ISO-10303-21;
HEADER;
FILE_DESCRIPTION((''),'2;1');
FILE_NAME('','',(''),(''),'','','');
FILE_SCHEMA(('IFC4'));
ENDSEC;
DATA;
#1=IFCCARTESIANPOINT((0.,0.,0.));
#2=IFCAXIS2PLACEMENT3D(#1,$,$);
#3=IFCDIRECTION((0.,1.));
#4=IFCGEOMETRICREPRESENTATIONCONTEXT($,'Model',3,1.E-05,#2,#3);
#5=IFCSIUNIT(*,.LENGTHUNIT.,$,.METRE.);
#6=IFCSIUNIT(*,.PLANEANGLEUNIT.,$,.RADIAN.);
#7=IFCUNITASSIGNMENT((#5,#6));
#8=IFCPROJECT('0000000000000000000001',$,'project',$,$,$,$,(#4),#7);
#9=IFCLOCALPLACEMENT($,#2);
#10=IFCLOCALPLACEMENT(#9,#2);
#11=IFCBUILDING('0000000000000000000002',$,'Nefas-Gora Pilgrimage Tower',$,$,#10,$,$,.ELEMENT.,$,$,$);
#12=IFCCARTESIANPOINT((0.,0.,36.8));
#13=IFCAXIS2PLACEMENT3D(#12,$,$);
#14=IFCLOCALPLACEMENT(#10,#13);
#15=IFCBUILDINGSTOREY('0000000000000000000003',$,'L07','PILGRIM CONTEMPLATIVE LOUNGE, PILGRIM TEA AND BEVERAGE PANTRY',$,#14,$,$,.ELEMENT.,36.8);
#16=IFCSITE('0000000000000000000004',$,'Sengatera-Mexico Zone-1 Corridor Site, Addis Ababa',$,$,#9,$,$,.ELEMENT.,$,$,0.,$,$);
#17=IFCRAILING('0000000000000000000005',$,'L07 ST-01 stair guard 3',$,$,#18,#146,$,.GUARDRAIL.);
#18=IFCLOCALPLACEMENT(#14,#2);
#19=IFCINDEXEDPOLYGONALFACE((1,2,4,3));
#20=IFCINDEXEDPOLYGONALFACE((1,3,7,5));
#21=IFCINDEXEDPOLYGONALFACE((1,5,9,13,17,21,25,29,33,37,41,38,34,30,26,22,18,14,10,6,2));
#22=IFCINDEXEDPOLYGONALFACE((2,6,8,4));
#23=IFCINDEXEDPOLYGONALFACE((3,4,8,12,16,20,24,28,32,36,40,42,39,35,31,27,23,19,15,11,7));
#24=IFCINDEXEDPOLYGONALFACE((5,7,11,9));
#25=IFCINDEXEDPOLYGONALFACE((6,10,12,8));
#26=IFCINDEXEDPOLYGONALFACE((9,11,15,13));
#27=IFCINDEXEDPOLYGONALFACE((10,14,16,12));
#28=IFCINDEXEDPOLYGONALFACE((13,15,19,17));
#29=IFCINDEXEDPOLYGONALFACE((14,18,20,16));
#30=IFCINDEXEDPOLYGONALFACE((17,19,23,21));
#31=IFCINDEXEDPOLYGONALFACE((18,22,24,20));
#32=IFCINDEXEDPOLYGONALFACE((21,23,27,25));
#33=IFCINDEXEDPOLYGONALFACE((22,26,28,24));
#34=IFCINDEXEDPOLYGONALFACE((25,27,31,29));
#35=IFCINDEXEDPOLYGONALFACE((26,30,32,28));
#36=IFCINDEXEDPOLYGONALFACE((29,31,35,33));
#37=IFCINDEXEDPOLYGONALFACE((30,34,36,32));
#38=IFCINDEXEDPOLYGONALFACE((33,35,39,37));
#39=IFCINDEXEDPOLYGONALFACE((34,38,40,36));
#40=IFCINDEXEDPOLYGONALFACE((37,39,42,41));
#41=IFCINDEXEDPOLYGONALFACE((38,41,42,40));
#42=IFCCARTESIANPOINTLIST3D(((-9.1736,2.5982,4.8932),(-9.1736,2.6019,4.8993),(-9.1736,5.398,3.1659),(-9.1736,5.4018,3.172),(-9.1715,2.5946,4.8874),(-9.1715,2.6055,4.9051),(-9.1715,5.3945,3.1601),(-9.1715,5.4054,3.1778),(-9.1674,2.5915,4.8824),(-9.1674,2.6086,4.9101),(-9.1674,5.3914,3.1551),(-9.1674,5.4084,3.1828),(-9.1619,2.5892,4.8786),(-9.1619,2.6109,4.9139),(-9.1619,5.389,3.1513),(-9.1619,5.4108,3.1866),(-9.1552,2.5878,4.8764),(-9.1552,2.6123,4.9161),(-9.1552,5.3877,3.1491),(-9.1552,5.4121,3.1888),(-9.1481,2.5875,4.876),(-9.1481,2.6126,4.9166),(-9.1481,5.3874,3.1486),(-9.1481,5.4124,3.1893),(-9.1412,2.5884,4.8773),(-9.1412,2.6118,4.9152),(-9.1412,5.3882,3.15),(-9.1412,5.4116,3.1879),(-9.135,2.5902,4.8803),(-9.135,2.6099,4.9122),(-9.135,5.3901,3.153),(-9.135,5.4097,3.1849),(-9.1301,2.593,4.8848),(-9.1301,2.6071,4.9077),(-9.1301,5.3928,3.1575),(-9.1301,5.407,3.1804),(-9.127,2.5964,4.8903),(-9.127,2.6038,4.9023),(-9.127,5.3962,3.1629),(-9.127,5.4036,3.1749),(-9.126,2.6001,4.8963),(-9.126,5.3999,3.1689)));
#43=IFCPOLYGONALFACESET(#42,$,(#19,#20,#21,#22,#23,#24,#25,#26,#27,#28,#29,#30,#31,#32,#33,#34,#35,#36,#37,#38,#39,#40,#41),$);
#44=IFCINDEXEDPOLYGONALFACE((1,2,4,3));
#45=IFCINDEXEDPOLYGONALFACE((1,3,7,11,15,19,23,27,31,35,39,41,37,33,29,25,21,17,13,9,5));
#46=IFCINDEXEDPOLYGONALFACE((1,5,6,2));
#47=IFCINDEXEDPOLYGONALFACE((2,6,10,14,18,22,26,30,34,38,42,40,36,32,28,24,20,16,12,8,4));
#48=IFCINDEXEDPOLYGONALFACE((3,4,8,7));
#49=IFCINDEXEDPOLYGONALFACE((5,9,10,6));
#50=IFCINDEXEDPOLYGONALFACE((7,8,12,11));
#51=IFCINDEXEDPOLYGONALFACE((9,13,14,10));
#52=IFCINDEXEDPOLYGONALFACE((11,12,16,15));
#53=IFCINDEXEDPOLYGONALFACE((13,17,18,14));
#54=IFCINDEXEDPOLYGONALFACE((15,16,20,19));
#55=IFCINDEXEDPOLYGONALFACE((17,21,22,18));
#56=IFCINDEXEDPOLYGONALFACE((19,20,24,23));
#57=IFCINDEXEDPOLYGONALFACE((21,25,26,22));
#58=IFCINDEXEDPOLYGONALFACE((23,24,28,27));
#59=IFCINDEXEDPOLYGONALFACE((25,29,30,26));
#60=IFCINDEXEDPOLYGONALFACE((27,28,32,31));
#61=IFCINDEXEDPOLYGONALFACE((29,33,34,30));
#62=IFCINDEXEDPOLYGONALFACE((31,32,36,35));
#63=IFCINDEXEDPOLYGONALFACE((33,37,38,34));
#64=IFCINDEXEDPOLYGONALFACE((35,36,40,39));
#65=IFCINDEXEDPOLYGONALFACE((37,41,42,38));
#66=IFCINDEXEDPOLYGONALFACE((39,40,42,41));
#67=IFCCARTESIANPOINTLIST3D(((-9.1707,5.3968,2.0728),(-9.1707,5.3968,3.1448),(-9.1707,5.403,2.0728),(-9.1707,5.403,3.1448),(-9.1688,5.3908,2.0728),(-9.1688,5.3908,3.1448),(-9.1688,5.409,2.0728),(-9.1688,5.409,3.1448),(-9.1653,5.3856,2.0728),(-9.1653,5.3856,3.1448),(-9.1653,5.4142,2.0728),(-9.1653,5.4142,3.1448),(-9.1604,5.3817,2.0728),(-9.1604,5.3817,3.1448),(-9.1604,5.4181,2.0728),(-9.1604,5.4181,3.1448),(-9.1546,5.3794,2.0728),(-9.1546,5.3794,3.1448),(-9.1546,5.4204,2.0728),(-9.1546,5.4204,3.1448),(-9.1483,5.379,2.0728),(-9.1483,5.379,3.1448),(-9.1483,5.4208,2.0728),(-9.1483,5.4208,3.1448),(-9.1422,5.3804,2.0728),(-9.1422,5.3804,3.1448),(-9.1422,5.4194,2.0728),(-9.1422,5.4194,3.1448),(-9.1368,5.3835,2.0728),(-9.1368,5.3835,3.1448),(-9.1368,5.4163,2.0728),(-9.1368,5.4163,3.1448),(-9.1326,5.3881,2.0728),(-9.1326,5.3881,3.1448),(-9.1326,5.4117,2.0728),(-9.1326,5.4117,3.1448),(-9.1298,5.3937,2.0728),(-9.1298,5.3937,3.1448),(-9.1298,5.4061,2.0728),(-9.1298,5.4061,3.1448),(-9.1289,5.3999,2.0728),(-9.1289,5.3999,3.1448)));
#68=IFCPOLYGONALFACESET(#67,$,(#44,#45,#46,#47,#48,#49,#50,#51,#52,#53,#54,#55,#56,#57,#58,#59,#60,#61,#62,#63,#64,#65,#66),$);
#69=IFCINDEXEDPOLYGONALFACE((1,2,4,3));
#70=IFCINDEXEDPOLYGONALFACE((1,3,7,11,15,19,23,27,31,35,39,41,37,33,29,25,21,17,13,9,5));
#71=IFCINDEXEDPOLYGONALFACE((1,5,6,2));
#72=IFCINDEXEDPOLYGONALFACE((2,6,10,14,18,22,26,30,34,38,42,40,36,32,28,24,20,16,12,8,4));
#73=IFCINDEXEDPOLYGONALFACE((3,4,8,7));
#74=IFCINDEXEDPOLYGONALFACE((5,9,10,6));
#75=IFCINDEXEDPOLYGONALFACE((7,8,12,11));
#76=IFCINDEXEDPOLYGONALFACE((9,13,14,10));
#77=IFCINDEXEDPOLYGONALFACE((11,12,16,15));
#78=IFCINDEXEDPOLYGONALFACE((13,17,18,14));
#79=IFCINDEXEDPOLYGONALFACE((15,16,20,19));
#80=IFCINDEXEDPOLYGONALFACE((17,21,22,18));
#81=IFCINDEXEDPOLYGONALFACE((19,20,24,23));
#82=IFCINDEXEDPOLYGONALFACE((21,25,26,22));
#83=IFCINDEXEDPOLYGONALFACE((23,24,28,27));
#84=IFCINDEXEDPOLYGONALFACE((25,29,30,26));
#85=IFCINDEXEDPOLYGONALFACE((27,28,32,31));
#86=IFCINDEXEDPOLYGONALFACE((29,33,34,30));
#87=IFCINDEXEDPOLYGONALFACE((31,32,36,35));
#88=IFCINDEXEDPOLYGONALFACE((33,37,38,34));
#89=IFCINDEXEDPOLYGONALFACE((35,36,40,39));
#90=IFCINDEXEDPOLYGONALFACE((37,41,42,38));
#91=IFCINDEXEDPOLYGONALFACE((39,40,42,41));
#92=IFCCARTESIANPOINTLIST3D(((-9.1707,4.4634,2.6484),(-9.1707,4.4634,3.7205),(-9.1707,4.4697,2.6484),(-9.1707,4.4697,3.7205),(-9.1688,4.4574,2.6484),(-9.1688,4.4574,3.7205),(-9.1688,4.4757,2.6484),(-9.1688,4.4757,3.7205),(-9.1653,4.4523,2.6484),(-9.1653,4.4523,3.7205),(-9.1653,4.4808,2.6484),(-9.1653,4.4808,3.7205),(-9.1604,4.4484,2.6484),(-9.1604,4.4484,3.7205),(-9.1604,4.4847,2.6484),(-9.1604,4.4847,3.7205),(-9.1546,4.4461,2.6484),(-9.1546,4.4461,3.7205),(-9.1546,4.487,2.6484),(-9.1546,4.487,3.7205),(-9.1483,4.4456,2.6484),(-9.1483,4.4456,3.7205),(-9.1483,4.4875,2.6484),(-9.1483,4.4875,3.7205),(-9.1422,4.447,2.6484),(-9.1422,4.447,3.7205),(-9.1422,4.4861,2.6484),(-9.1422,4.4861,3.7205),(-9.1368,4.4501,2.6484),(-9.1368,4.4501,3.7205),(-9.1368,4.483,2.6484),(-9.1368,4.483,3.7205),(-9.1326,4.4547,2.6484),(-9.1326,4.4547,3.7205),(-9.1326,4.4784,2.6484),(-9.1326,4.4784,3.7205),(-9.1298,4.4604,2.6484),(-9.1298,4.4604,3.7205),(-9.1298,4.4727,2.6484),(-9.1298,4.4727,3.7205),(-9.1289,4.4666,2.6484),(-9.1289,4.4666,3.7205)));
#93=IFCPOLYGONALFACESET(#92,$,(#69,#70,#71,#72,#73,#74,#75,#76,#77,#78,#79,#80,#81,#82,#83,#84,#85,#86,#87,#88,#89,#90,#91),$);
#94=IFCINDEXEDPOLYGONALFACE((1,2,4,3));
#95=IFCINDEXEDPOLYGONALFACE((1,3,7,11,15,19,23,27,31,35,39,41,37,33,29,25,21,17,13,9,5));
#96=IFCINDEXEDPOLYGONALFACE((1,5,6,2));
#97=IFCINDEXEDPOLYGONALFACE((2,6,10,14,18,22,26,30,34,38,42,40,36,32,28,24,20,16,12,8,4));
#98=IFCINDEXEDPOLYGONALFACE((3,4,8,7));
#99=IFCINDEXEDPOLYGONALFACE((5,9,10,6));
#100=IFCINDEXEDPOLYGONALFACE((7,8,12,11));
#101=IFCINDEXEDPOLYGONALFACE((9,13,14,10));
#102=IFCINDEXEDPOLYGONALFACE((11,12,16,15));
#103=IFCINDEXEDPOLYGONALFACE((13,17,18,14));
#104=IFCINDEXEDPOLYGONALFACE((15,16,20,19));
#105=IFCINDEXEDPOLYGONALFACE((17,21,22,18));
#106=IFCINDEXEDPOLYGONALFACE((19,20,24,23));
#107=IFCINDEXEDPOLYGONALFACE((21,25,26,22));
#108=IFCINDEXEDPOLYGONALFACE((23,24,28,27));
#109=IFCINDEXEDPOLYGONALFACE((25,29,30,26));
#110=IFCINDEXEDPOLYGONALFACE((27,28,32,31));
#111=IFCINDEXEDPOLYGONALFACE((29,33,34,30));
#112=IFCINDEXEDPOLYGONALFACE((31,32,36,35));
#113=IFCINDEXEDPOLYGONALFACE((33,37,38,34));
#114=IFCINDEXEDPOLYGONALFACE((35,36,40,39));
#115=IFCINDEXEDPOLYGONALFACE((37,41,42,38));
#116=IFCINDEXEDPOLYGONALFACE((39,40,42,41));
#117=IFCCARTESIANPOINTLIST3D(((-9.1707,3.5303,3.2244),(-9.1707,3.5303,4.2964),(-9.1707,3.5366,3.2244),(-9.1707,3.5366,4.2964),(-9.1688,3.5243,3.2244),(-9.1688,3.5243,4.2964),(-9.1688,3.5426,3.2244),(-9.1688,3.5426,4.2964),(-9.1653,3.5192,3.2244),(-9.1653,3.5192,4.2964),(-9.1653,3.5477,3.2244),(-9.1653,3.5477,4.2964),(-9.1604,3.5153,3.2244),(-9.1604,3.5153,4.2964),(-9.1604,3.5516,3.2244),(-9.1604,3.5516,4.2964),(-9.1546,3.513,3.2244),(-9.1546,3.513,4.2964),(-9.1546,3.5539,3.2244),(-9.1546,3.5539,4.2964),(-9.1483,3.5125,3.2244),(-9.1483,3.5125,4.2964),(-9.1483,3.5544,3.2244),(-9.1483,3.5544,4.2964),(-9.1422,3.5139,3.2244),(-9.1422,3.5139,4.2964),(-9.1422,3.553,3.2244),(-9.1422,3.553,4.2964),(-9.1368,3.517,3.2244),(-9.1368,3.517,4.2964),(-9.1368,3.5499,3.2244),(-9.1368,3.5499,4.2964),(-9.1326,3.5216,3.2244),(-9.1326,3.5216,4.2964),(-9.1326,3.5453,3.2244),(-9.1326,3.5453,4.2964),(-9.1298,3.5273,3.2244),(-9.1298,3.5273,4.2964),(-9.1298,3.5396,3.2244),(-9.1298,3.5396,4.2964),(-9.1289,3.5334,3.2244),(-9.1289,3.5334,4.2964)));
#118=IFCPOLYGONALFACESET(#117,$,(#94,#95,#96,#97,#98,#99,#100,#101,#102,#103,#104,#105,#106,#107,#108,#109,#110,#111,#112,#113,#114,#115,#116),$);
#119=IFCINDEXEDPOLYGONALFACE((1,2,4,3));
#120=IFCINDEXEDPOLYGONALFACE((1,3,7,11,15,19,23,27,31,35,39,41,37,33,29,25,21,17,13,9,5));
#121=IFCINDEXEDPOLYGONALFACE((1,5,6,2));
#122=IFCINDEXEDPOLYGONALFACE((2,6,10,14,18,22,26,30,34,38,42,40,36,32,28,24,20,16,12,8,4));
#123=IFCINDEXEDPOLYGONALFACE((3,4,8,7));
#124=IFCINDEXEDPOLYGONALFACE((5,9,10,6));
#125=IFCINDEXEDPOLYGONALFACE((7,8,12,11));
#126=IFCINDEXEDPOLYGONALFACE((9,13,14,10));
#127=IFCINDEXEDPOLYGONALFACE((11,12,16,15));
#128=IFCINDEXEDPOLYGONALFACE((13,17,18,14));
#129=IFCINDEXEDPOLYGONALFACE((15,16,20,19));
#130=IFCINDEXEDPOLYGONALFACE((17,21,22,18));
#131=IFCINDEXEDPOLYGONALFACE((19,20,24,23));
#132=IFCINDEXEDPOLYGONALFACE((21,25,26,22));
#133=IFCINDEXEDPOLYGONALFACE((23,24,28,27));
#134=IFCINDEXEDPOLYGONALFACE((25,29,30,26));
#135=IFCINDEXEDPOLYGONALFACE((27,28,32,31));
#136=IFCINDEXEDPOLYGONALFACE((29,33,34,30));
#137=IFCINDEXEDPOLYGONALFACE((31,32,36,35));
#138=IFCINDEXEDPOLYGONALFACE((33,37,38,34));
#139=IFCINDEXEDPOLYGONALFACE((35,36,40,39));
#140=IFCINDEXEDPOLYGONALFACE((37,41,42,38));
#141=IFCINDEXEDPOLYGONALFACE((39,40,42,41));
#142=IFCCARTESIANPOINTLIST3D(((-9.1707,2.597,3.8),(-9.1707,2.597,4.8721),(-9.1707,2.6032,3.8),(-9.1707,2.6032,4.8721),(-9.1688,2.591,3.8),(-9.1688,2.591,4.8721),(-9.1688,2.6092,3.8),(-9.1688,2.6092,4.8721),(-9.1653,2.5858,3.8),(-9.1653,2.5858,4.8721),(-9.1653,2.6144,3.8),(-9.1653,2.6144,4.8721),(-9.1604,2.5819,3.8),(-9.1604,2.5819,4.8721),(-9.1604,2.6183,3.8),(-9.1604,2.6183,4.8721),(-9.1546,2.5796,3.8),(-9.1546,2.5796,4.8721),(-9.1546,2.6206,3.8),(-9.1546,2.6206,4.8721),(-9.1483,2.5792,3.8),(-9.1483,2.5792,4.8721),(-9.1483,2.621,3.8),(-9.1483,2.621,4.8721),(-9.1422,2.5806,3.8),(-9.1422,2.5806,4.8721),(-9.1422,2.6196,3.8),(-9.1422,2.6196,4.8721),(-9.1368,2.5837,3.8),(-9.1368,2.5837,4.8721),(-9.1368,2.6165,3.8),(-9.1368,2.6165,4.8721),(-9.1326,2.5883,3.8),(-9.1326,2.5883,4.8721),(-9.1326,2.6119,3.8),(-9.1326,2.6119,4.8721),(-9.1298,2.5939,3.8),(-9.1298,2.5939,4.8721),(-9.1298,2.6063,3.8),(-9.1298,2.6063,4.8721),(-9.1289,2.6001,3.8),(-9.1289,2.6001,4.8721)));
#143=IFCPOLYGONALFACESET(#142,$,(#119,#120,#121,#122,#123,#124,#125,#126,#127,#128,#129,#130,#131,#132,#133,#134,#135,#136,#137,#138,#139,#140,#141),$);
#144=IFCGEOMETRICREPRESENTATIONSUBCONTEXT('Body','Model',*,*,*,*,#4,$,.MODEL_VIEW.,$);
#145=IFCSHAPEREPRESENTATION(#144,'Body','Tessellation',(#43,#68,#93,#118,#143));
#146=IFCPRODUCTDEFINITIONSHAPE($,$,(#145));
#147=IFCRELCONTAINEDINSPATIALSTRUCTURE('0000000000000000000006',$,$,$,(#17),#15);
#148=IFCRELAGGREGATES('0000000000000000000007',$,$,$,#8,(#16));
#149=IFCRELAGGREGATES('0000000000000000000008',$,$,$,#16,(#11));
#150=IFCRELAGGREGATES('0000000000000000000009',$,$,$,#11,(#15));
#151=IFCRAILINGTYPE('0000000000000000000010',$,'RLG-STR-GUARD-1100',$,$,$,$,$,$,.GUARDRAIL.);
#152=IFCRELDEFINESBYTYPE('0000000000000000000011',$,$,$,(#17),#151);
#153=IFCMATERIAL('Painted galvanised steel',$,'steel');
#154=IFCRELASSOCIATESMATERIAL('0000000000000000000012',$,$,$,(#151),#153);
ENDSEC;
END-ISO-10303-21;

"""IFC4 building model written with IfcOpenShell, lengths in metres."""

from ifc_helpers import new_model, si_unit, direction, frame, origin, origin_2d, place, context, subcontext, project, spatial, circle, extrude, material, type_object, element, save


model = new_model("IFC4")

# Units and contexts
model_context = context("Model", 3, precision=1e-05, world=origin(), true_north=direction((0.0, 1.0)))
body_context = subcontext(model_context, "Body", "Model", "MODEL_VIEW")
ifc_project = project(units=[si_unit("LENGTHUNIT", "METRE"), si_unit("PLANEANGLEUNIT", "RADIAN")], contexts=[model_context])

# Site, building, storey
site_placement = place(None, origin())
site = spatial("IfcSite", under=ifc_project, at=site_placement, Name="Sengatera-Mexico Zone-1 Corridor Site, Addis Ababa", CompositionType="ELEMENT", RefElevation=0.0)
building_placement = place(site_placement, origin())
building = spatial("IfcBuilding", under=site, at=building_placement, Name="Nefas-Gora Pilgrimage Tower", CompositionType="ELEMENT")
storey_placement = place(building_placement, frame((0.0, 0.0, 36.8)))
storey = spatial("IfcBuildingStorey", under=building, at=storey_placement, Name="L07", Description="PILGRIM CONTEMPLATIVE LOUNGE, PILGRIM TEA AND BEVERAGE PANTRY", CompositionType="ELEMENT", Elevation=36.8)

# Railing
ifc_material_1 = material(Name="Painted galvanised steel", Category="steel")
railing_type_1 = type_object("IfcRailingType", Name="RLG-STR-GUARD-1100", PredefinedType="GUARDRAIL", material=ifc_material_1)
railing_1_placement = place(storey_placement, frame((-9.1499, 5.3999, 2.0728)))
element("IfcRailing", 1, at=railing_1_placement, inside=storey, type_object=railing_type_1, Name="L07 ST-01 stair guard 3", PredefinedType="GUARDRAIL", context=body_context, shape_type="SweptSolid", body=[
    extrude(circle(Radius=0.0239, at=origin_2d()), frame((0.0, 0.0, 1.0962), z_axis=(0.0, -0.851069, 0.525054), x_axis=(1.0, 0.0, 0.0)), (0.0, 0.0, 1.0), 3.2898),
    extrude(circle(Radius=0.021, at=origin_2d()), origin(), (0.0, 0.0, 1.0), 1.072),
    extrude(circle(Radius=0.021, at=origin_2d()), frame((0.0, -0.9333, 0.5757)), (0.0, 0.0, 1.0), 1.072),
    extrude(circle(Radius=0.021, at=origin_2d()), frame((0.0, -1.8665, 1.1516)), (0.0, 0.0, 1.0), 1.072),
    extrude(circle(Radius=0.021, at=origin_2d()), frame((0.0, -2.7998, 1.7273)), (0.0, 0.0, 1.0), 1.072),
])

save(model, "model.ifc")
